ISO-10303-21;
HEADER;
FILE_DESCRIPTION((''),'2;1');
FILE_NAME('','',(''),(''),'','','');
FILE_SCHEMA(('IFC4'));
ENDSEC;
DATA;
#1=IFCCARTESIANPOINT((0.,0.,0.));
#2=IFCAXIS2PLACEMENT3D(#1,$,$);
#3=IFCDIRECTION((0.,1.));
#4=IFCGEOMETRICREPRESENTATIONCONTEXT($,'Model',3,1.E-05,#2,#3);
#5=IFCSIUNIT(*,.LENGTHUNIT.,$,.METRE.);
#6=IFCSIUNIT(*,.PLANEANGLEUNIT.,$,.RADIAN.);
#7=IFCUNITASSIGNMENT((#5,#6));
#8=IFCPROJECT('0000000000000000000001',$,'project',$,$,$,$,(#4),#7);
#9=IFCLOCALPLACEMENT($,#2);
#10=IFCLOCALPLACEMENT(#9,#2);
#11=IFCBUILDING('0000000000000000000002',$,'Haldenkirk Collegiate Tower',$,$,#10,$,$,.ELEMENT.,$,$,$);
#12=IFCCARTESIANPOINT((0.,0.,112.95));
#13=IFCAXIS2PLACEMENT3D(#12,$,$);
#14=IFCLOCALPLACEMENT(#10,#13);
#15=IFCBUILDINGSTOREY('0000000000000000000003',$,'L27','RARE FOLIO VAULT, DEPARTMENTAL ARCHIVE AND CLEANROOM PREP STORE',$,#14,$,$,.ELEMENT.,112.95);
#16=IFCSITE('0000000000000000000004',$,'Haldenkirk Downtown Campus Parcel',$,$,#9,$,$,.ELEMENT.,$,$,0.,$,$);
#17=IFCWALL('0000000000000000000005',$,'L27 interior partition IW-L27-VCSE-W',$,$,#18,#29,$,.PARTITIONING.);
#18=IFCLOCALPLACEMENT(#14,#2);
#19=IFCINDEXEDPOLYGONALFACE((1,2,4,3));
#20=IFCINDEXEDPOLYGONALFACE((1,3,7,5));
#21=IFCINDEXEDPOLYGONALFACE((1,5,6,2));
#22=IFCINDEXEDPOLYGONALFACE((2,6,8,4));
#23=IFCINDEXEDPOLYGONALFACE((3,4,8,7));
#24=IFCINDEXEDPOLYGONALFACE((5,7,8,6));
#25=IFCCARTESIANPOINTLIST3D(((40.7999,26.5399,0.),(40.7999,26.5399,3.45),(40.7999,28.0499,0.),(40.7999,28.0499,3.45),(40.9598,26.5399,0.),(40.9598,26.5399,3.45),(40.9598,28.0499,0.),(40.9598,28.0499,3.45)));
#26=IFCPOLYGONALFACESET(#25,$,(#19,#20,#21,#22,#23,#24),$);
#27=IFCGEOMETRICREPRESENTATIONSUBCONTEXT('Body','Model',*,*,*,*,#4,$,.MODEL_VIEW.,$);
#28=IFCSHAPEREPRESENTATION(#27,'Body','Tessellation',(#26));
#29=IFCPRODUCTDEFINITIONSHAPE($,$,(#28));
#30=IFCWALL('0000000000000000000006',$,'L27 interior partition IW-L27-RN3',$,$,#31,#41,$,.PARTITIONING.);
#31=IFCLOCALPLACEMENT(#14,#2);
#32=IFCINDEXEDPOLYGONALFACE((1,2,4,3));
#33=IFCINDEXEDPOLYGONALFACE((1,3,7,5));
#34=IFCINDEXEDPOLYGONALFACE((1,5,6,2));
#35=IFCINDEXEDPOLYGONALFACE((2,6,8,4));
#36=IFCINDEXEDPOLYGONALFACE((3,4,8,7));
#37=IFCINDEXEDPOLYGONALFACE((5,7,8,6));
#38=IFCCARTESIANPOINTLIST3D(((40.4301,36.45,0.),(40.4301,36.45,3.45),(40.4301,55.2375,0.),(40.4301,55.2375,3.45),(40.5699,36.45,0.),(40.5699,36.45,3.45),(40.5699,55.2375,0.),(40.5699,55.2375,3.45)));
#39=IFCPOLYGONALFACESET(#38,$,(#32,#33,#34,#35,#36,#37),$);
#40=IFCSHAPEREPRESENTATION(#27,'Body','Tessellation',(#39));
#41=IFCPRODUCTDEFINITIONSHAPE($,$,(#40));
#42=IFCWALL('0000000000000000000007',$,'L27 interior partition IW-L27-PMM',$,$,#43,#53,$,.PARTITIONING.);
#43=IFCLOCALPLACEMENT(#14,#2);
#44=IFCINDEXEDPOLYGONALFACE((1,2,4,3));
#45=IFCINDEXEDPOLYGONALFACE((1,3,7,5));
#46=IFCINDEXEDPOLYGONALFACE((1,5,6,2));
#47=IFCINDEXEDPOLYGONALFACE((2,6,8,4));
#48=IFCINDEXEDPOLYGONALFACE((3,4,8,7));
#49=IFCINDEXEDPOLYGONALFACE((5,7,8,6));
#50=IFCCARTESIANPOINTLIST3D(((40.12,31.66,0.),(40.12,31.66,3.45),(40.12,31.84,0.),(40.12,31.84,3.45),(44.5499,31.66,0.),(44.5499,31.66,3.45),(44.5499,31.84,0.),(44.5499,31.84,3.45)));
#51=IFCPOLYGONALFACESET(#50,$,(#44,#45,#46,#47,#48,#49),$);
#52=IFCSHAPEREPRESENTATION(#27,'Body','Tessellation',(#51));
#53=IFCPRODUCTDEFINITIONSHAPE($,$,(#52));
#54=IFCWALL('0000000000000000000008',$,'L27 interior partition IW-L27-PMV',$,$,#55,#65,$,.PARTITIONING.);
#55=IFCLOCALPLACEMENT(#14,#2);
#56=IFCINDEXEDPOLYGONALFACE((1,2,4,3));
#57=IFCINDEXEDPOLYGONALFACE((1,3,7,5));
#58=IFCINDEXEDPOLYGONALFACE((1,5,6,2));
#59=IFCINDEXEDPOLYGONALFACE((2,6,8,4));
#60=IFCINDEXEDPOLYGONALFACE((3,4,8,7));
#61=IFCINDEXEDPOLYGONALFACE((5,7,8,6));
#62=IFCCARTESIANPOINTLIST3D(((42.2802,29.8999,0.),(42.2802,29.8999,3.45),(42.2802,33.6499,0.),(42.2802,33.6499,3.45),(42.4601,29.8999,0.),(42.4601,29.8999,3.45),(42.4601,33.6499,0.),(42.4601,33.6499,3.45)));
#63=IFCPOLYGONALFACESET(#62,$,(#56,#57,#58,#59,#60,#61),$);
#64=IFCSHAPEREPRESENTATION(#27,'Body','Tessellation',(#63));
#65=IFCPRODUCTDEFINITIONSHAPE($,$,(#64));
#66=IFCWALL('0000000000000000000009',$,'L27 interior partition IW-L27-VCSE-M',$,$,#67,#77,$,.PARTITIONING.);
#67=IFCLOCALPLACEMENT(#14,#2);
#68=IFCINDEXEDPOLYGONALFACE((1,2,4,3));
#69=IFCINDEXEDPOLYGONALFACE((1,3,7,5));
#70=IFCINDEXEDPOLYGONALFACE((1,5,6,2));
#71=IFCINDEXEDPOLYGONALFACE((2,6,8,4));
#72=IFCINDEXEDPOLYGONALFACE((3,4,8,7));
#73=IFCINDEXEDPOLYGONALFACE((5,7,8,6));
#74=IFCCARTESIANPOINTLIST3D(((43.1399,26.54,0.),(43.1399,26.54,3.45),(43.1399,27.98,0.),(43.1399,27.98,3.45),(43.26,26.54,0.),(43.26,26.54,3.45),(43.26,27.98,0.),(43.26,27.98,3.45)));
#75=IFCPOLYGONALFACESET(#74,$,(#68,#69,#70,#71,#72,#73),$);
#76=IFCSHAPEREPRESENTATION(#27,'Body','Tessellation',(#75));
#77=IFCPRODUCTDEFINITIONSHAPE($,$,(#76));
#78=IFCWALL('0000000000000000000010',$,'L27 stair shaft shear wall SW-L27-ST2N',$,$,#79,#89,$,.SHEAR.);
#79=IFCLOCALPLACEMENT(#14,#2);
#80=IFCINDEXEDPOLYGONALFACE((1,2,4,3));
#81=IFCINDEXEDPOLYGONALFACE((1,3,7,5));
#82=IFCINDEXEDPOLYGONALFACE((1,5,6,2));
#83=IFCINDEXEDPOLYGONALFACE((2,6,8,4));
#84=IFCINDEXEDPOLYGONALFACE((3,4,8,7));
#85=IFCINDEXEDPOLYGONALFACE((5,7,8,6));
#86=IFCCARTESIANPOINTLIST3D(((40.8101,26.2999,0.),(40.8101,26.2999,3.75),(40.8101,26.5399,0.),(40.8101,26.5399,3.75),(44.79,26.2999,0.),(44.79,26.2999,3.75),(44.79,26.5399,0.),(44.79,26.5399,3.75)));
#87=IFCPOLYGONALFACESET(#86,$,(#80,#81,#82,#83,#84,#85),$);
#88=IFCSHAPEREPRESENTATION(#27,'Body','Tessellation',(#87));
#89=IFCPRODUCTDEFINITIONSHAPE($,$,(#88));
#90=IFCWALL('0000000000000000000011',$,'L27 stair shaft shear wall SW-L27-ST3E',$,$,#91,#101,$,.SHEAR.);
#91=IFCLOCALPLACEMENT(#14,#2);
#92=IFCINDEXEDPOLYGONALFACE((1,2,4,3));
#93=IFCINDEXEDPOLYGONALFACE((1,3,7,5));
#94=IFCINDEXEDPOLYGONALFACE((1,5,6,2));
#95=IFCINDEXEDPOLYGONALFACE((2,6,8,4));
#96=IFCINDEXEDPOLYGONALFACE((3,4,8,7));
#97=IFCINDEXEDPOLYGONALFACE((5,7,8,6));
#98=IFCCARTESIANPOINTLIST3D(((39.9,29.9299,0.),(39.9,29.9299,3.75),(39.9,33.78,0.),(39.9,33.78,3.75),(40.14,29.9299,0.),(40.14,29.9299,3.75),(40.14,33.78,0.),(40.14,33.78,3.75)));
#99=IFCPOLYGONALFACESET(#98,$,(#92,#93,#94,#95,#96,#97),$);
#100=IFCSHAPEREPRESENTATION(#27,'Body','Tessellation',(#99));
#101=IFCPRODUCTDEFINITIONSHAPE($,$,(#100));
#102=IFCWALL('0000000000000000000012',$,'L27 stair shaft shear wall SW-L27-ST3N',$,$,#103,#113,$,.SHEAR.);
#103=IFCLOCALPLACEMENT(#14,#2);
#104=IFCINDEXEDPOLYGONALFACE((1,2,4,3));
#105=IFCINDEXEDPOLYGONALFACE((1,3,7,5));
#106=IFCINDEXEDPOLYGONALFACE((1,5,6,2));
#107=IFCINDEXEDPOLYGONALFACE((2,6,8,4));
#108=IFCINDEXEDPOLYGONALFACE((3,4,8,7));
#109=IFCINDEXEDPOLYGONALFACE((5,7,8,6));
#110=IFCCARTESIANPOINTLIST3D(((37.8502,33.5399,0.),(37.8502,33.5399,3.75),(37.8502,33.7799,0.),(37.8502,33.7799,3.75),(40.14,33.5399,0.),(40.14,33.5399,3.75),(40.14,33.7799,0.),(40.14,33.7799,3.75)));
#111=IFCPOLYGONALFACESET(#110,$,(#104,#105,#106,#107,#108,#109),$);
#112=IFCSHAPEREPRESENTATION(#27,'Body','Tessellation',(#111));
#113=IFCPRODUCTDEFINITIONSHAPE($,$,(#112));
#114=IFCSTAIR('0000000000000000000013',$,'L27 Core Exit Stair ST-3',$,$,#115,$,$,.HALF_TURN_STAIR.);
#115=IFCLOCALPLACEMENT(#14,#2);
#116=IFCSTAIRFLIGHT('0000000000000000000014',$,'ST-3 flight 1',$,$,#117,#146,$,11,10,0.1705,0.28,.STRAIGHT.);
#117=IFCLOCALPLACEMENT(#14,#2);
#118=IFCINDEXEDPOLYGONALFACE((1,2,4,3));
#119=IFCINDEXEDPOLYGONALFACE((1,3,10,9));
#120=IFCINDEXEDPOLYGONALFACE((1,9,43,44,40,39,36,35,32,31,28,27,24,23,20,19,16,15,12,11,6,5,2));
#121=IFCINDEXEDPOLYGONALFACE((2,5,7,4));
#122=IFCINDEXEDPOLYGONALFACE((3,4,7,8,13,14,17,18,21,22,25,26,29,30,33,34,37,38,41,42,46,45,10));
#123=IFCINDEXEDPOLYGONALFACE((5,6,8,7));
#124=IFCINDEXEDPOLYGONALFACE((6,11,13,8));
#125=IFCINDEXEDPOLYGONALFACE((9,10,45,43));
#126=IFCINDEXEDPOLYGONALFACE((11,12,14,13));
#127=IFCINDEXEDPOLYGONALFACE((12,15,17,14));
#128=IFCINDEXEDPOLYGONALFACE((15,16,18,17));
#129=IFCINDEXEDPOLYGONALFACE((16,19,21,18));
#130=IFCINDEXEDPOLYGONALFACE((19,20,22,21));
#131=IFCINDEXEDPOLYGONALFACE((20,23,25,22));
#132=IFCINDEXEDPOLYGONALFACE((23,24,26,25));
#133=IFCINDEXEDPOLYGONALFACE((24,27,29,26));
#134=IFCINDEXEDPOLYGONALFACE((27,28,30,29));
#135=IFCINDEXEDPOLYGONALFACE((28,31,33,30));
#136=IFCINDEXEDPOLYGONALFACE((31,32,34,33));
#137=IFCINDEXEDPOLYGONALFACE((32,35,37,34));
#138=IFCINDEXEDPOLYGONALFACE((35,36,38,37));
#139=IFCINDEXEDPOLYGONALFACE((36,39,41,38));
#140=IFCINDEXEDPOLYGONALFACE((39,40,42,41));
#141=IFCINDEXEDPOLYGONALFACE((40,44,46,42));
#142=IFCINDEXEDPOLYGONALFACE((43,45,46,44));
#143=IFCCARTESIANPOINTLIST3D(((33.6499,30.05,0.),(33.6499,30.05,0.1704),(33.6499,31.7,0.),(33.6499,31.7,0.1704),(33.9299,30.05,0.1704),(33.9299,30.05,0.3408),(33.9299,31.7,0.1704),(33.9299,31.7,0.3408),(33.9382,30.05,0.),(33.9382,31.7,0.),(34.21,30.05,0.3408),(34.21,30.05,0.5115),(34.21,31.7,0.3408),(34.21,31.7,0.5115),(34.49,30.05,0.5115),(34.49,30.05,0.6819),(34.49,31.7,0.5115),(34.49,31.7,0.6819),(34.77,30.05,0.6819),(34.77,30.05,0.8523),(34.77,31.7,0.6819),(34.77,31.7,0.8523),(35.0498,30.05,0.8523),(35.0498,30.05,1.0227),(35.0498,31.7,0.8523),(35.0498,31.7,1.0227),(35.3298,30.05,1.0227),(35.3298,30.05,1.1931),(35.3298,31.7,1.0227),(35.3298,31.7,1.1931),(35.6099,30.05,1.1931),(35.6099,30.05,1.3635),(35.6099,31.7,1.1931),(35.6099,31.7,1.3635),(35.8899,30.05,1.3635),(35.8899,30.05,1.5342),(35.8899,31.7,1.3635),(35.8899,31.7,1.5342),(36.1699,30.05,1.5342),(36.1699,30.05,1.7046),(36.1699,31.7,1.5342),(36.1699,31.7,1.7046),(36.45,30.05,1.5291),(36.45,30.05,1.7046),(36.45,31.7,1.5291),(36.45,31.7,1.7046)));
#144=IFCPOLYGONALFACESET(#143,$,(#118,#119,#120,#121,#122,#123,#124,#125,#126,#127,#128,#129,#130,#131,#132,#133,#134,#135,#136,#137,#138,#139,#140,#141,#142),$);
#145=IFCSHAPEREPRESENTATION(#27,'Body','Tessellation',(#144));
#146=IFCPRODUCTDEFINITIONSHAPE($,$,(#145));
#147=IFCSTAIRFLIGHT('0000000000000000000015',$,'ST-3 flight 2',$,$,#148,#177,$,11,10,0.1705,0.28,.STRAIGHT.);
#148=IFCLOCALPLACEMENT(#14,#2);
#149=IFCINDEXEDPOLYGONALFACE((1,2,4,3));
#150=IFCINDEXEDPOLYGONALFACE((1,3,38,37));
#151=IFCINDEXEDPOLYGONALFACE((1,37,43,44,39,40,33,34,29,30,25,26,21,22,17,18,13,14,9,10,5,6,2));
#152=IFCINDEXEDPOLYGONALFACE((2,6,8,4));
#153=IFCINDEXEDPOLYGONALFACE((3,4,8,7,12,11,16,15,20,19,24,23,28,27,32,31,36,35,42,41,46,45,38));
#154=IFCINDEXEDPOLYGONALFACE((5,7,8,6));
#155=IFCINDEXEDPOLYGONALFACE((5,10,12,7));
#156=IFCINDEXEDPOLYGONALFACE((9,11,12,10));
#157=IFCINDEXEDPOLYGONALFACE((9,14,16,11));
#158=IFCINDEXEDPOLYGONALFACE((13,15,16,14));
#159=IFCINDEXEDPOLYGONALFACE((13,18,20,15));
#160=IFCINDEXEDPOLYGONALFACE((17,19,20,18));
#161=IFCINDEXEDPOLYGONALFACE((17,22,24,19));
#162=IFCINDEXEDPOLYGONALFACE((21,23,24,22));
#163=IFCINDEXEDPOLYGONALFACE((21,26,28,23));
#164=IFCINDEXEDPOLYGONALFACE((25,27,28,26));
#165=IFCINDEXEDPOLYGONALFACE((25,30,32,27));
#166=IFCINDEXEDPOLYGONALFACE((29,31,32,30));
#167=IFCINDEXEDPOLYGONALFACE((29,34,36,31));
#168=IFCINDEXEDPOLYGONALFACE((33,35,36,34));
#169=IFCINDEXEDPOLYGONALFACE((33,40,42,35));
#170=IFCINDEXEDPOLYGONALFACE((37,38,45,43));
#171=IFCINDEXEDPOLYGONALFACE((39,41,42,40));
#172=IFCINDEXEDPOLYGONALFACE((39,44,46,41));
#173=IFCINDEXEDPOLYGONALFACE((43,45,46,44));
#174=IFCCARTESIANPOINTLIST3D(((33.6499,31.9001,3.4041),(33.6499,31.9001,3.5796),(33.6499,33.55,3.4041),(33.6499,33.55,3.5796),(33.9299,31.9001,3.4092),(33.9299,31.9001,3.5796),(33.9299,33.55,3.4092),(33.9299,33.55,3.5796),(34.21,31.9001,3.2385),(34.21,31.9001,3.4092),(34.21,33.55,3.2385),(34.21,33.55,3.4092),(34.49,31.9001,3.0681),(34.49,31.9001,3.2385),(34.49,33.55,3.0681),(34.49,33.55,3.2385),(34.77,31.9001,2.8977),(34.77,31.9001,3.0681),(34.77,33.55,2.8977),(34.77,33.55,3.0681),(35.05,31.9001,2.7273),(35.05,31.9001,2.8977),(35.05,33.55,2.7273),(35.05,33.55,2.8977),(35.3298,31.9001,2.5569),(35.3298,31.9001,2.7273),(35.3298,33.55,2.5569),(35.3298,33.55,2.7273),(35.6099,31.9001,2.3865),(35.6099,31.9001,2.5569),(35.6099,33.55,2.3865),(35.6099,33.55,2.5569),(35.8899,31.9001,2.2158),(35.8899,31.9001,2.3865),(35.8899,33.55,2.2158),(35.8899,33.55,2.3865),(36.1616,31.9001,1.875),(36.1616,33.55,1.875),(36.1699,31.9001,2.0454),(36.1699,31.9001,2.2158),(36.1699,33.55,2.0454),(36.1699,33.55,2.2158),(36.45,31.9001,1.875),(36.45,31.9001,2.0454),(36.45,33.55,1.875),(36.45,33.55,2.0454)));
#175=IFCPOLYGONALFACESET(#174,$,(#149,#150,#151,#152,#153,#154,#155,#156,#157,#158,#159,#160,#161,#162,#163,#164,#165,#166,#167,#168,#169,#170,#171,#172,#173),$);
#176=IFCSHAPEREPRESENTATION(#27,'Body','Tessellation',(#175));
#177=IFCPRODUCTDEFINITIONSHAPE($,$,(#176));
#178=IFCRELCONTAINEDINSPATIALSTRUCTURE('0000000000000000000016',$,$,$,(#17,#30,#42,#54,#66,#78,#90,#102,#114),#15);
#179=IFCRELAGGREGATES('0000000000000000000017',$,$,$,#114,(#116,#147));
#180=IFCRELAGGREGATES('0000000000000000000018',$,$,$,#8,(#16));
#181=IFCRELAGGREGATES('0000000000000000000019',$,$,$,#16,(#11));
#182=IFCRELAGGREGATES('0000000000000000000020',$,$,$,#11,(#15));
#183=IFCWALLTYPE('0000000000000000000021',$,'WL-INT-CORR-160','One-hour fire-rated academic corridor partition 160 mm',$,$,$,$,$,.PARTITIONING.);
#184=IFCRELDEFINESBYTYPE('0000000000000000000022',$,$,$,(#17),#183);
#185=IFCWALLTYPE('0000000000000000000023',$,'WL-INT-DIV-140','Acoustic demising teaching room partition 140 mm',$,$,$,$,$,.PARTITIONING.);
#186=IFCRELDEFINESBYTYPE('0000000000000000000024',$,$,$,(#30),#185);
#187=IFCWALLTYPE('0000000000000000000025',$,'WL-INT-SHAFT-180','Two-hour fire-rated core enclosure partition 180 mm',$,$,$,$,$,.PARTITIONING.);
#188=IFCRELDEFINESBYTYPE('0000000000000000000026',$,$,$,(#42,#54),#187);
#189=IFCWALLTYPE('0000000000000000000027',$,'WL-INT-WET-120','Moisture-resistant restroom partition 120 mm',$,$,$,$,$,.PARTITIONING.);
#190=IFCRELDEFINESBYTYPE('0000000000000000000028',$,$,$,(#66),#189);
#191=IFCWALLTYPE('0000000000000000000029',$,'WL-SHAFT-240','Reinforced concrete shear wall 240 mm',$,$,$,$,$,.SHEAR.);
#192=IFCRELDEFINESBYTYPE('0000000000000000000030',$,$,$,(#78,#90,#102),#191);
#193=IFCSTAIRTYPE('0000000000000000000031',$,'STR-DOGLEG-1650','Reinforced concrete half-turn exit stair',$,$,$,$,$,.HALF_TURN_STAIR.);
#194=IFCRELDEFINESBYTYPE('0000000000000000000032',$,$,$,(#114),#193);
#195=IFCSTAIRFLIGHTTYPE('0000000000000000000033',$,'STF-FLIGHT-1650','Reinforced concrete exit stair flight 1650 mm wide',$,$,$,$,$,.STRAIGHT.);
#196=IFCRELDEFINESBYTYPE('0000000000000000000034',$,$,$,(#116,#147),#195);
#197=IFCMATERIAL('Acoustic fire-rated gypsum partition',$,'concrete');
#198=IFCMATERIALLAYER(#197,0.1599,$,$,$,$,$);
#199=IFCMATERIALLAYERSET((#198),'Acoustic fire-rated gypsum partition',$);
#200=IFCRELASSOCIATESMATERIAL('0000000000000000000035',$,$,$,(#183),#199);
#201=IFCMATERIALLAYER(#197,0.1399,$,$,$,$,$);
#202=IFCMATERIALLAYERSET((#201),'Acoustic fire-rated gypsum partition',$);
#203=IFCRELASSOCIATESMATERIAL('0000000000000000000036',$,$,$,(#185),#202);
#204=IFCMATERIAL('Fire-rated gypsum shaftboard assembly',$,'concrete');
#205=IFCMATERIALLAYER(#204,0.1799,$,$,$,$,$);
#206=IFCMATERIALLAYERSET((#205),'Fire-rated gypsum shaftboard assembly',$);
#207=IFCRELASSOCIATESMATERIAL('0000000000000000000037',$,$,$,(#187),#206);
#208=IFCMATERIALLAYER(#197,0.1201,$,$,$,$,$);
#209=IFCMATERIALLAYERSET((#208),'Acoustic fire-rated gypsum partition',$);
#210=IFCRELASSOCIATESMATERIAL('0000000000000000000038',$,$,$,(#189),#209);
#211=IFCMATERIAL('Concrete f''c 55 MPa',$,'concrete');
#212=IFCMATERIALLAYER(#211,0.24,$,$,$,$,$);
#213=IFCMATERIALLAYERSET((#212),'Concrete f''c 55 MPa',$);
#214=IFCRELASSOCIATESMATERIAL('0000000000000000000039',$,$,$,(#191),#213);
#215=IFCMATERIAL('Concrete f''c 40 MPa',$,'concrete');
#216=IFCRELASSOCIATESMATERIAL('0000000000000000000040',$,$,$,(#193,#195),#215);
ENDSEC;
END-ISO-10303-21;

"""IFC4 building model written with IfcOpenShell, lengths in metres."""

from ifc_helpers import new_model, si_unit, direction, frame, frame_2d, origin, place, context, subcontext, project, spatial, polyline, rectangle, outline, extrude, material, layer, layer_set, type_object, element, aggregate, save


model = new_model("IFC4")

# Units and contexts
model_context = context("Model", 3, precision=1e-05, world=origin(), true_north=direction((0.0, 1.0)))
body_context = subcontext(model_context, "Body", "Model", "MODEL_VIEW")
ifc_project = project(units=[si_unit("LENGTHUNIT", "METRE"), si_unit("PLANEANGLEUNIT", "RADIAN")], contexts=[model_context])

# Site, building, storey
site_placement = place(None, origin())
site = spatial("IfcSite", under=ifc_project, at=site_placement, Name="Haldenkirk Downtown Campus Parcel", CompositionType="ELEMENT", RefElevation=0.0)
building_placement = place(site_placement, origin())
building = spatial("IfcBuilding", under=site, at=building_placement, Name="Haldenkirk Collegiate Tower", CompositionType="ELEMENT")
storey_placement = place(building_placement, frame((0.0, 0.0, 112.95)))
storey = spatial("IfcBuildingStorey", under=building, at=storey_placement, Name="L27", Description="RARE FOLIO VAULT, DEPARTMENTAL ARCHIVE AND CLEANROOM PREP STORE", CompositionType="ELEMENT", Elevation=112.95)

# Shared definitions
ifc_material_1 = material(Name="Acoustic fire-rated gypsum partition", Category="concrete")
ifc_layer_1 = layer(ifc_material_1, 0.1599)
ifc_layer_set_1 = layer_set([ifc_layer_1], Name="Acoustic fire-rated gypsum partition")
wall_type_1 = type_object("IfcWallType", Name="WL-INT-CORR-160", Description="One-hour fire-rated academic corridor partition 160 mm", PredefinedType="PARTITIONING", material=ifc_layer_set_1)

# Walls
wall_1_placement = place(storey_placement, frame((40.8799, 26.54, 0.0), z_axis=(0.0, 0.0, 1.0), x_axis=(0.0, 1.0, 0.0)))
element("IfcWall", 1, at=wall_1_placement, inside=storey, type_object=wall_type_1, Name="L27 interior partition IW-L27-VCSE-W", PredefinedType="PARTITIONING", context=body_context, shape_type="SweptSolid", body=[
    extrude(rectangle(XDim=1.51, YDim=0.1599, at=frame_2d((0.7549, 0.0))), origin(), (0.0, 0.0, 1.0), 3.45),
])
ifc_layer_2 = layer(ifc_material_1, 0.1399)
ifc_layer_set_2 = layer_set([ifc_layer_2], Name="Acoustic fire-rated gypsum partition")
wall_type_2 = type_object("IfcWallType", Name="WL-INT-DIV-140", Description="Acoustic demising teaching room partition 140 mm", PredefinedType="PARTITIONING", material=ifc_layer_set_2)
wall_2_placement = place(storey_placement, frame((40.5, 36.45, 0.0), z_axis=(0.0, 0.0, 1.0), x_axis=(0.0, 1.0, 0.0)))
element("IfcWall", 2, at=wall_2_placement, inside=storey, type_object=wall_type_2, Name="L27 interior partition IW-L27-RN3", PredefinedType="PARTITIONING", context=body_context, shape_type="SweptSolid", body=[
    extrude(rectangle(XDim=18.7876, YDim=0.1399, at=frame_2d((9.3938, 0.0))), origin(), (0.0, 0.0, 1.0), 3.45),
])

# Shared definitions
ifc_material_2 = material(Name="Fire-rated gypsum shaftboard assembly", Category="concrete")
ifc_layer_3 = layer(ifc_material_2, 0.1799)
ifc_layer_set_3 = layer_set([ifc_layer_3], Name="Fire-rated gypsum shaftboard assembly")
wall_type_3 = type_object("IfcWallType", Name="WL-INT-SHAFT-180", Description="Two-hour fire-rated core enclosure partition 180 mm", PredefinedType="PARTITIONING", material=ifc_layer_set_3)

# Walls
wall_3_placement = place(storey_placement, frame((40.1201, 31.75, 0.0), z_axis=(0.0, 0.0, 1.0), x_axis=(1.0, 0.0, 0.0)))
element("IfcWall", 3, at=wall_3_placement, inside=storey, type_object=wall_type_3, Name="L27 interior partition IW-L27-PMM", PredefinedType="PARTITIONING", context=body_context, shape_type="SweptSolid", body=[
    extrude(rectangle(XDim=4.4299, YDim=0.1799, at=frame_2d((2.2148, 0.0))), origin(), (0.0, 0.0, 1.0), 3.45),
])
wall_4_placement = place(storey_placement, frame((42.3701, 29.8999, 0.0), z_axis=(0.0, 0.0, 1.0), x_axis=(0.0, 1.0, 0.0)))
element("IfcWall", 4, at=wall_4_placement, inside=storey, type_object=wall_type_3, Name="L27 interior partition IW-L27-PMV", PredefinedType="PARTITIONING", context=body_context, shape_type="SweptSolid", body=[
    extrude(rectangle(XDim=3.75, YDim=0.1799, at=frame_2d((1.875, 0.0))), origin(), (0.0, 0.0, 1.0), 3.45),
])
ifc_layer_4 = layer(ifc_material_1, 0.1201)
ifc_layer_set_4 = layer_set([ifc_layer_4], Name="Acoustic fire-rated gypsum partition")
wall_type_4 = type_object("IfcWallType", Name="WL-INT-WET-120", Description="Moisture-resistant restroom partition 120 mm", PredefinedType="PARTITIONING", material=ifc_layer_set_4)
wall_5_placement = place(storey_placement, frame((43.2, 26.54, 0.0), z_axis=(0.0, 0.0, 1.0), x_axis=(0.0, 1.0, 0.0)))
element("IfcWall", 5, at=wall_5_placement, inside=storey, type_object=wall_type_4, Name="L27 interior partition IW-L27-VCSE-M", PredefinedType="PARTITIONING", context=body_context, shape_type="SweptSolid", body=[
    extrude(rectangle(XDim=1.4399, YDim=0.1201, at=frame_2d((0.72, 0.0))), origin(), (0.0, 0.0, 1.0), 3.45),
])
ifc_material_3 = material(Name="Concrete f'c 55 MPa", Category="concrete")
ifc_layer_5 = layer(ifc_material_3, 0.24)
ifc_layer_set_5 = layer_set([ifc_layer_5], Name="Concrete f'c 55 MPa")
wall_type_5 = type_object("IfcWallType", Name="WL-SHAFT-240", Description="Reinforced concrete shear wall 240 mm", PredefinedType="SHEAR", material=ifc_layer_set_5)
wall_6_placement = place(storey_placement, frame((40.8101, 26.4199, 0.0), z_axis=(0.0, 0.0, 1.0), x_axis=(1.0, 0.0, 0.0)))
element("IfcWall", 6, at=wall_6_placement, inside=storey, type_object=wall_type_5, Name="L27 stair shaft shear wall SW-L27-ST2N", PredefinedType="SHEAR", context=body_context, shape_type="SweptSolid", body=[
    extrude(rectangle(XDim=3.98, YDim=0.24, at=frame_2d((1.99, 0.0))), origin(), (0.0, 0.0, 1.0), 3.75),
])
wall_7_placement = place(storey_placement, frame((40.02, 29.9299, 0.0), z_axis=(0.0, 0.0, 1.0), x_axis=(0.0, 1.0, 0.0)))
element("IfcWall", 7, at=wall_7_placement, inside=storey, type_object=wall_type_5, Name="L27 stair shaft shear wall SW-L27-ST3E", PredefinedType="SHEAR", context=body_context, shape_type="SweptSolid", body=[
    extrude(rectangle(XDim=3.8501, YDim=0.24, at=frame_2d((1.925, 0.0))), origin(), (0.0, 0.0, 1.0), 3.75),
])
wall_8_placement = place(storey_placement, frame((37.8501, 33.6599, 0.0), z_axis=(0.0, 0.0, 1.0), x_axis=(1.0, 0.0, 0.0)))
element("IfcWall", 8, at=wall_8_placement, inside=storey, type_object=wall_type_5, Name="L27 stair shaft shear wall SW-L27-ST3N", PredefinedType="SHEAR", context=body_context, shape_type="SweptSolid", body=[
    extrude(rectangle(XDim=2.2898, YDim=0.24, at=frame_2d((1.145, 0.0))), origin(), (0.0, 0.0, 1.0), 3.75),
])

# Stair, stair flights
ifc_material_4 = material(Name="Concrete f'c 40 MPa", Category="concrete")
stair_type = type_object("IfcStairType", Name="STR-DOGLEG-1650", Description="Reinforced concrete half-turn exit stair", PredefinedType="HALF_TURN_STAIR", material=ifc_material_4)
stair_placement = place(storey_placement, origin())
stair = element("IfcStair", 9, at=stair_placement, inside=storey, type_object=stair_type, Name="L27 Core Exit Stair ST-3", PredefinedType="HALF_TURN_STAIR")
stair_flight_type = type_object("IfcStairFlightType", Name="STF-FLIGHT-1650", Description="Reinforced concrete exit stair flight 1650 mm wide", PredefinedType="STRAIGHT", material=ifc_material_4)
stair_flight_1_placement = place(storey_placement, frame((33.6499, 30.875, 0.0), z_axis=(0.0, 0.0, 1.0), x_axis=(1.0, 0.0, 0.0)))
stair_flight_1 = element("IfcStairFlight", 10, at=stair_flight_1_placement, type_object=stair_flight_type, Name="ST-3 flight 1", NumberOfRisers=11, NumberOfTreads=10, PredefinedType="STRAIGHT", RiserHeight=0.1705, TreadLength=0.28, context=body_context, shape_type="SweptSolid", body=[
    extrude(outline(polyline([(0.0, 0.0), (0.0, 0.1704), (0.28, 0.1704), (0.28, 0.3408), (0.5601, 0.3408), (0.5601, 0.5115), (0.8401, 0.5115), (0.8401, 0.6819), (1.1201, 0.6819), (1.1201, 0.8523), (1.3999, 0.8523), (1.3999, 1.0227), (1.6799, 1.0227), (1.6799, 1.1931), (1.96, 1.1931), (1.96, 1.3635), (2.24, 1.3635), (2.24, 1.5342), (2.52, 1.5342), (2.52, 1.7046), (2.8, 1.7046), (2.8, 1.875), (2.8, 1.5291), (0.2883, 0.0), (0.0, 0.0)])), frame((0.0, 0.825, 0.0), z_axis=(0.0, -1.0, 0.0), x_axis=(1.0, 0.0, 0.0)), (0.0, 0.0, 1.0), 1.6499),
])
stair_flight_2_placement = place(storey_placement, frame((36.45, 32.7251, 1.875), z_axis=(0.0, 0.0, 1.0), x_axis=(-1.0, 0.0, 0.0)))
stair_flight_2 = element("IfcStairFlight", 11, at=stair_flight_2_placement, type_object=stair_flight_type, Name="ST-3 flight 2", NumberOfRisers=11, NumberOfTreads=10, PredefinedType="STRAIGHT", RiserHeight=0.1705, TreadLength=0.28, context=body_context, shape_type="SweptSolid", body=[
    extrude(outline(polyline([(0.0, 0.0), (0.0, 0.1704), (0.28, 0.1704), (0.28, 0.3408), (0.5601, 0.3408), (0.5601, 0.5115), (0.8401, 0.5115), (0.8401, 0.6819), (1.1201, 0.6819), (1.1201, 0.8523), (1.3999, 0.8523), (1.3999, 1.0227), (1.6799, 1.0227), (1.6799, 1.1931), (1.96, 1.1931), (1.96, 1.3635), (2.24, 1.3635), (2.24, 1.5342), (2.52, 1.5342), (2.52, 1.7046), (2.8, 1.7046), (2.8, 1.875), (2.8, 1.5291), (0.2883, 0.0), (0.0, 0.0)])), frame((0.0, 0.825, 0.0), z_axis=(0.0, -1.0, 0.0), x_axis=(1.0, 0.0, 0.0)), (0.0, 0.0, 1.0), 1.6499),
])
aggregate(stair, [stair_flight_1, stair_flight_2])

save(model, "model.ifc")
